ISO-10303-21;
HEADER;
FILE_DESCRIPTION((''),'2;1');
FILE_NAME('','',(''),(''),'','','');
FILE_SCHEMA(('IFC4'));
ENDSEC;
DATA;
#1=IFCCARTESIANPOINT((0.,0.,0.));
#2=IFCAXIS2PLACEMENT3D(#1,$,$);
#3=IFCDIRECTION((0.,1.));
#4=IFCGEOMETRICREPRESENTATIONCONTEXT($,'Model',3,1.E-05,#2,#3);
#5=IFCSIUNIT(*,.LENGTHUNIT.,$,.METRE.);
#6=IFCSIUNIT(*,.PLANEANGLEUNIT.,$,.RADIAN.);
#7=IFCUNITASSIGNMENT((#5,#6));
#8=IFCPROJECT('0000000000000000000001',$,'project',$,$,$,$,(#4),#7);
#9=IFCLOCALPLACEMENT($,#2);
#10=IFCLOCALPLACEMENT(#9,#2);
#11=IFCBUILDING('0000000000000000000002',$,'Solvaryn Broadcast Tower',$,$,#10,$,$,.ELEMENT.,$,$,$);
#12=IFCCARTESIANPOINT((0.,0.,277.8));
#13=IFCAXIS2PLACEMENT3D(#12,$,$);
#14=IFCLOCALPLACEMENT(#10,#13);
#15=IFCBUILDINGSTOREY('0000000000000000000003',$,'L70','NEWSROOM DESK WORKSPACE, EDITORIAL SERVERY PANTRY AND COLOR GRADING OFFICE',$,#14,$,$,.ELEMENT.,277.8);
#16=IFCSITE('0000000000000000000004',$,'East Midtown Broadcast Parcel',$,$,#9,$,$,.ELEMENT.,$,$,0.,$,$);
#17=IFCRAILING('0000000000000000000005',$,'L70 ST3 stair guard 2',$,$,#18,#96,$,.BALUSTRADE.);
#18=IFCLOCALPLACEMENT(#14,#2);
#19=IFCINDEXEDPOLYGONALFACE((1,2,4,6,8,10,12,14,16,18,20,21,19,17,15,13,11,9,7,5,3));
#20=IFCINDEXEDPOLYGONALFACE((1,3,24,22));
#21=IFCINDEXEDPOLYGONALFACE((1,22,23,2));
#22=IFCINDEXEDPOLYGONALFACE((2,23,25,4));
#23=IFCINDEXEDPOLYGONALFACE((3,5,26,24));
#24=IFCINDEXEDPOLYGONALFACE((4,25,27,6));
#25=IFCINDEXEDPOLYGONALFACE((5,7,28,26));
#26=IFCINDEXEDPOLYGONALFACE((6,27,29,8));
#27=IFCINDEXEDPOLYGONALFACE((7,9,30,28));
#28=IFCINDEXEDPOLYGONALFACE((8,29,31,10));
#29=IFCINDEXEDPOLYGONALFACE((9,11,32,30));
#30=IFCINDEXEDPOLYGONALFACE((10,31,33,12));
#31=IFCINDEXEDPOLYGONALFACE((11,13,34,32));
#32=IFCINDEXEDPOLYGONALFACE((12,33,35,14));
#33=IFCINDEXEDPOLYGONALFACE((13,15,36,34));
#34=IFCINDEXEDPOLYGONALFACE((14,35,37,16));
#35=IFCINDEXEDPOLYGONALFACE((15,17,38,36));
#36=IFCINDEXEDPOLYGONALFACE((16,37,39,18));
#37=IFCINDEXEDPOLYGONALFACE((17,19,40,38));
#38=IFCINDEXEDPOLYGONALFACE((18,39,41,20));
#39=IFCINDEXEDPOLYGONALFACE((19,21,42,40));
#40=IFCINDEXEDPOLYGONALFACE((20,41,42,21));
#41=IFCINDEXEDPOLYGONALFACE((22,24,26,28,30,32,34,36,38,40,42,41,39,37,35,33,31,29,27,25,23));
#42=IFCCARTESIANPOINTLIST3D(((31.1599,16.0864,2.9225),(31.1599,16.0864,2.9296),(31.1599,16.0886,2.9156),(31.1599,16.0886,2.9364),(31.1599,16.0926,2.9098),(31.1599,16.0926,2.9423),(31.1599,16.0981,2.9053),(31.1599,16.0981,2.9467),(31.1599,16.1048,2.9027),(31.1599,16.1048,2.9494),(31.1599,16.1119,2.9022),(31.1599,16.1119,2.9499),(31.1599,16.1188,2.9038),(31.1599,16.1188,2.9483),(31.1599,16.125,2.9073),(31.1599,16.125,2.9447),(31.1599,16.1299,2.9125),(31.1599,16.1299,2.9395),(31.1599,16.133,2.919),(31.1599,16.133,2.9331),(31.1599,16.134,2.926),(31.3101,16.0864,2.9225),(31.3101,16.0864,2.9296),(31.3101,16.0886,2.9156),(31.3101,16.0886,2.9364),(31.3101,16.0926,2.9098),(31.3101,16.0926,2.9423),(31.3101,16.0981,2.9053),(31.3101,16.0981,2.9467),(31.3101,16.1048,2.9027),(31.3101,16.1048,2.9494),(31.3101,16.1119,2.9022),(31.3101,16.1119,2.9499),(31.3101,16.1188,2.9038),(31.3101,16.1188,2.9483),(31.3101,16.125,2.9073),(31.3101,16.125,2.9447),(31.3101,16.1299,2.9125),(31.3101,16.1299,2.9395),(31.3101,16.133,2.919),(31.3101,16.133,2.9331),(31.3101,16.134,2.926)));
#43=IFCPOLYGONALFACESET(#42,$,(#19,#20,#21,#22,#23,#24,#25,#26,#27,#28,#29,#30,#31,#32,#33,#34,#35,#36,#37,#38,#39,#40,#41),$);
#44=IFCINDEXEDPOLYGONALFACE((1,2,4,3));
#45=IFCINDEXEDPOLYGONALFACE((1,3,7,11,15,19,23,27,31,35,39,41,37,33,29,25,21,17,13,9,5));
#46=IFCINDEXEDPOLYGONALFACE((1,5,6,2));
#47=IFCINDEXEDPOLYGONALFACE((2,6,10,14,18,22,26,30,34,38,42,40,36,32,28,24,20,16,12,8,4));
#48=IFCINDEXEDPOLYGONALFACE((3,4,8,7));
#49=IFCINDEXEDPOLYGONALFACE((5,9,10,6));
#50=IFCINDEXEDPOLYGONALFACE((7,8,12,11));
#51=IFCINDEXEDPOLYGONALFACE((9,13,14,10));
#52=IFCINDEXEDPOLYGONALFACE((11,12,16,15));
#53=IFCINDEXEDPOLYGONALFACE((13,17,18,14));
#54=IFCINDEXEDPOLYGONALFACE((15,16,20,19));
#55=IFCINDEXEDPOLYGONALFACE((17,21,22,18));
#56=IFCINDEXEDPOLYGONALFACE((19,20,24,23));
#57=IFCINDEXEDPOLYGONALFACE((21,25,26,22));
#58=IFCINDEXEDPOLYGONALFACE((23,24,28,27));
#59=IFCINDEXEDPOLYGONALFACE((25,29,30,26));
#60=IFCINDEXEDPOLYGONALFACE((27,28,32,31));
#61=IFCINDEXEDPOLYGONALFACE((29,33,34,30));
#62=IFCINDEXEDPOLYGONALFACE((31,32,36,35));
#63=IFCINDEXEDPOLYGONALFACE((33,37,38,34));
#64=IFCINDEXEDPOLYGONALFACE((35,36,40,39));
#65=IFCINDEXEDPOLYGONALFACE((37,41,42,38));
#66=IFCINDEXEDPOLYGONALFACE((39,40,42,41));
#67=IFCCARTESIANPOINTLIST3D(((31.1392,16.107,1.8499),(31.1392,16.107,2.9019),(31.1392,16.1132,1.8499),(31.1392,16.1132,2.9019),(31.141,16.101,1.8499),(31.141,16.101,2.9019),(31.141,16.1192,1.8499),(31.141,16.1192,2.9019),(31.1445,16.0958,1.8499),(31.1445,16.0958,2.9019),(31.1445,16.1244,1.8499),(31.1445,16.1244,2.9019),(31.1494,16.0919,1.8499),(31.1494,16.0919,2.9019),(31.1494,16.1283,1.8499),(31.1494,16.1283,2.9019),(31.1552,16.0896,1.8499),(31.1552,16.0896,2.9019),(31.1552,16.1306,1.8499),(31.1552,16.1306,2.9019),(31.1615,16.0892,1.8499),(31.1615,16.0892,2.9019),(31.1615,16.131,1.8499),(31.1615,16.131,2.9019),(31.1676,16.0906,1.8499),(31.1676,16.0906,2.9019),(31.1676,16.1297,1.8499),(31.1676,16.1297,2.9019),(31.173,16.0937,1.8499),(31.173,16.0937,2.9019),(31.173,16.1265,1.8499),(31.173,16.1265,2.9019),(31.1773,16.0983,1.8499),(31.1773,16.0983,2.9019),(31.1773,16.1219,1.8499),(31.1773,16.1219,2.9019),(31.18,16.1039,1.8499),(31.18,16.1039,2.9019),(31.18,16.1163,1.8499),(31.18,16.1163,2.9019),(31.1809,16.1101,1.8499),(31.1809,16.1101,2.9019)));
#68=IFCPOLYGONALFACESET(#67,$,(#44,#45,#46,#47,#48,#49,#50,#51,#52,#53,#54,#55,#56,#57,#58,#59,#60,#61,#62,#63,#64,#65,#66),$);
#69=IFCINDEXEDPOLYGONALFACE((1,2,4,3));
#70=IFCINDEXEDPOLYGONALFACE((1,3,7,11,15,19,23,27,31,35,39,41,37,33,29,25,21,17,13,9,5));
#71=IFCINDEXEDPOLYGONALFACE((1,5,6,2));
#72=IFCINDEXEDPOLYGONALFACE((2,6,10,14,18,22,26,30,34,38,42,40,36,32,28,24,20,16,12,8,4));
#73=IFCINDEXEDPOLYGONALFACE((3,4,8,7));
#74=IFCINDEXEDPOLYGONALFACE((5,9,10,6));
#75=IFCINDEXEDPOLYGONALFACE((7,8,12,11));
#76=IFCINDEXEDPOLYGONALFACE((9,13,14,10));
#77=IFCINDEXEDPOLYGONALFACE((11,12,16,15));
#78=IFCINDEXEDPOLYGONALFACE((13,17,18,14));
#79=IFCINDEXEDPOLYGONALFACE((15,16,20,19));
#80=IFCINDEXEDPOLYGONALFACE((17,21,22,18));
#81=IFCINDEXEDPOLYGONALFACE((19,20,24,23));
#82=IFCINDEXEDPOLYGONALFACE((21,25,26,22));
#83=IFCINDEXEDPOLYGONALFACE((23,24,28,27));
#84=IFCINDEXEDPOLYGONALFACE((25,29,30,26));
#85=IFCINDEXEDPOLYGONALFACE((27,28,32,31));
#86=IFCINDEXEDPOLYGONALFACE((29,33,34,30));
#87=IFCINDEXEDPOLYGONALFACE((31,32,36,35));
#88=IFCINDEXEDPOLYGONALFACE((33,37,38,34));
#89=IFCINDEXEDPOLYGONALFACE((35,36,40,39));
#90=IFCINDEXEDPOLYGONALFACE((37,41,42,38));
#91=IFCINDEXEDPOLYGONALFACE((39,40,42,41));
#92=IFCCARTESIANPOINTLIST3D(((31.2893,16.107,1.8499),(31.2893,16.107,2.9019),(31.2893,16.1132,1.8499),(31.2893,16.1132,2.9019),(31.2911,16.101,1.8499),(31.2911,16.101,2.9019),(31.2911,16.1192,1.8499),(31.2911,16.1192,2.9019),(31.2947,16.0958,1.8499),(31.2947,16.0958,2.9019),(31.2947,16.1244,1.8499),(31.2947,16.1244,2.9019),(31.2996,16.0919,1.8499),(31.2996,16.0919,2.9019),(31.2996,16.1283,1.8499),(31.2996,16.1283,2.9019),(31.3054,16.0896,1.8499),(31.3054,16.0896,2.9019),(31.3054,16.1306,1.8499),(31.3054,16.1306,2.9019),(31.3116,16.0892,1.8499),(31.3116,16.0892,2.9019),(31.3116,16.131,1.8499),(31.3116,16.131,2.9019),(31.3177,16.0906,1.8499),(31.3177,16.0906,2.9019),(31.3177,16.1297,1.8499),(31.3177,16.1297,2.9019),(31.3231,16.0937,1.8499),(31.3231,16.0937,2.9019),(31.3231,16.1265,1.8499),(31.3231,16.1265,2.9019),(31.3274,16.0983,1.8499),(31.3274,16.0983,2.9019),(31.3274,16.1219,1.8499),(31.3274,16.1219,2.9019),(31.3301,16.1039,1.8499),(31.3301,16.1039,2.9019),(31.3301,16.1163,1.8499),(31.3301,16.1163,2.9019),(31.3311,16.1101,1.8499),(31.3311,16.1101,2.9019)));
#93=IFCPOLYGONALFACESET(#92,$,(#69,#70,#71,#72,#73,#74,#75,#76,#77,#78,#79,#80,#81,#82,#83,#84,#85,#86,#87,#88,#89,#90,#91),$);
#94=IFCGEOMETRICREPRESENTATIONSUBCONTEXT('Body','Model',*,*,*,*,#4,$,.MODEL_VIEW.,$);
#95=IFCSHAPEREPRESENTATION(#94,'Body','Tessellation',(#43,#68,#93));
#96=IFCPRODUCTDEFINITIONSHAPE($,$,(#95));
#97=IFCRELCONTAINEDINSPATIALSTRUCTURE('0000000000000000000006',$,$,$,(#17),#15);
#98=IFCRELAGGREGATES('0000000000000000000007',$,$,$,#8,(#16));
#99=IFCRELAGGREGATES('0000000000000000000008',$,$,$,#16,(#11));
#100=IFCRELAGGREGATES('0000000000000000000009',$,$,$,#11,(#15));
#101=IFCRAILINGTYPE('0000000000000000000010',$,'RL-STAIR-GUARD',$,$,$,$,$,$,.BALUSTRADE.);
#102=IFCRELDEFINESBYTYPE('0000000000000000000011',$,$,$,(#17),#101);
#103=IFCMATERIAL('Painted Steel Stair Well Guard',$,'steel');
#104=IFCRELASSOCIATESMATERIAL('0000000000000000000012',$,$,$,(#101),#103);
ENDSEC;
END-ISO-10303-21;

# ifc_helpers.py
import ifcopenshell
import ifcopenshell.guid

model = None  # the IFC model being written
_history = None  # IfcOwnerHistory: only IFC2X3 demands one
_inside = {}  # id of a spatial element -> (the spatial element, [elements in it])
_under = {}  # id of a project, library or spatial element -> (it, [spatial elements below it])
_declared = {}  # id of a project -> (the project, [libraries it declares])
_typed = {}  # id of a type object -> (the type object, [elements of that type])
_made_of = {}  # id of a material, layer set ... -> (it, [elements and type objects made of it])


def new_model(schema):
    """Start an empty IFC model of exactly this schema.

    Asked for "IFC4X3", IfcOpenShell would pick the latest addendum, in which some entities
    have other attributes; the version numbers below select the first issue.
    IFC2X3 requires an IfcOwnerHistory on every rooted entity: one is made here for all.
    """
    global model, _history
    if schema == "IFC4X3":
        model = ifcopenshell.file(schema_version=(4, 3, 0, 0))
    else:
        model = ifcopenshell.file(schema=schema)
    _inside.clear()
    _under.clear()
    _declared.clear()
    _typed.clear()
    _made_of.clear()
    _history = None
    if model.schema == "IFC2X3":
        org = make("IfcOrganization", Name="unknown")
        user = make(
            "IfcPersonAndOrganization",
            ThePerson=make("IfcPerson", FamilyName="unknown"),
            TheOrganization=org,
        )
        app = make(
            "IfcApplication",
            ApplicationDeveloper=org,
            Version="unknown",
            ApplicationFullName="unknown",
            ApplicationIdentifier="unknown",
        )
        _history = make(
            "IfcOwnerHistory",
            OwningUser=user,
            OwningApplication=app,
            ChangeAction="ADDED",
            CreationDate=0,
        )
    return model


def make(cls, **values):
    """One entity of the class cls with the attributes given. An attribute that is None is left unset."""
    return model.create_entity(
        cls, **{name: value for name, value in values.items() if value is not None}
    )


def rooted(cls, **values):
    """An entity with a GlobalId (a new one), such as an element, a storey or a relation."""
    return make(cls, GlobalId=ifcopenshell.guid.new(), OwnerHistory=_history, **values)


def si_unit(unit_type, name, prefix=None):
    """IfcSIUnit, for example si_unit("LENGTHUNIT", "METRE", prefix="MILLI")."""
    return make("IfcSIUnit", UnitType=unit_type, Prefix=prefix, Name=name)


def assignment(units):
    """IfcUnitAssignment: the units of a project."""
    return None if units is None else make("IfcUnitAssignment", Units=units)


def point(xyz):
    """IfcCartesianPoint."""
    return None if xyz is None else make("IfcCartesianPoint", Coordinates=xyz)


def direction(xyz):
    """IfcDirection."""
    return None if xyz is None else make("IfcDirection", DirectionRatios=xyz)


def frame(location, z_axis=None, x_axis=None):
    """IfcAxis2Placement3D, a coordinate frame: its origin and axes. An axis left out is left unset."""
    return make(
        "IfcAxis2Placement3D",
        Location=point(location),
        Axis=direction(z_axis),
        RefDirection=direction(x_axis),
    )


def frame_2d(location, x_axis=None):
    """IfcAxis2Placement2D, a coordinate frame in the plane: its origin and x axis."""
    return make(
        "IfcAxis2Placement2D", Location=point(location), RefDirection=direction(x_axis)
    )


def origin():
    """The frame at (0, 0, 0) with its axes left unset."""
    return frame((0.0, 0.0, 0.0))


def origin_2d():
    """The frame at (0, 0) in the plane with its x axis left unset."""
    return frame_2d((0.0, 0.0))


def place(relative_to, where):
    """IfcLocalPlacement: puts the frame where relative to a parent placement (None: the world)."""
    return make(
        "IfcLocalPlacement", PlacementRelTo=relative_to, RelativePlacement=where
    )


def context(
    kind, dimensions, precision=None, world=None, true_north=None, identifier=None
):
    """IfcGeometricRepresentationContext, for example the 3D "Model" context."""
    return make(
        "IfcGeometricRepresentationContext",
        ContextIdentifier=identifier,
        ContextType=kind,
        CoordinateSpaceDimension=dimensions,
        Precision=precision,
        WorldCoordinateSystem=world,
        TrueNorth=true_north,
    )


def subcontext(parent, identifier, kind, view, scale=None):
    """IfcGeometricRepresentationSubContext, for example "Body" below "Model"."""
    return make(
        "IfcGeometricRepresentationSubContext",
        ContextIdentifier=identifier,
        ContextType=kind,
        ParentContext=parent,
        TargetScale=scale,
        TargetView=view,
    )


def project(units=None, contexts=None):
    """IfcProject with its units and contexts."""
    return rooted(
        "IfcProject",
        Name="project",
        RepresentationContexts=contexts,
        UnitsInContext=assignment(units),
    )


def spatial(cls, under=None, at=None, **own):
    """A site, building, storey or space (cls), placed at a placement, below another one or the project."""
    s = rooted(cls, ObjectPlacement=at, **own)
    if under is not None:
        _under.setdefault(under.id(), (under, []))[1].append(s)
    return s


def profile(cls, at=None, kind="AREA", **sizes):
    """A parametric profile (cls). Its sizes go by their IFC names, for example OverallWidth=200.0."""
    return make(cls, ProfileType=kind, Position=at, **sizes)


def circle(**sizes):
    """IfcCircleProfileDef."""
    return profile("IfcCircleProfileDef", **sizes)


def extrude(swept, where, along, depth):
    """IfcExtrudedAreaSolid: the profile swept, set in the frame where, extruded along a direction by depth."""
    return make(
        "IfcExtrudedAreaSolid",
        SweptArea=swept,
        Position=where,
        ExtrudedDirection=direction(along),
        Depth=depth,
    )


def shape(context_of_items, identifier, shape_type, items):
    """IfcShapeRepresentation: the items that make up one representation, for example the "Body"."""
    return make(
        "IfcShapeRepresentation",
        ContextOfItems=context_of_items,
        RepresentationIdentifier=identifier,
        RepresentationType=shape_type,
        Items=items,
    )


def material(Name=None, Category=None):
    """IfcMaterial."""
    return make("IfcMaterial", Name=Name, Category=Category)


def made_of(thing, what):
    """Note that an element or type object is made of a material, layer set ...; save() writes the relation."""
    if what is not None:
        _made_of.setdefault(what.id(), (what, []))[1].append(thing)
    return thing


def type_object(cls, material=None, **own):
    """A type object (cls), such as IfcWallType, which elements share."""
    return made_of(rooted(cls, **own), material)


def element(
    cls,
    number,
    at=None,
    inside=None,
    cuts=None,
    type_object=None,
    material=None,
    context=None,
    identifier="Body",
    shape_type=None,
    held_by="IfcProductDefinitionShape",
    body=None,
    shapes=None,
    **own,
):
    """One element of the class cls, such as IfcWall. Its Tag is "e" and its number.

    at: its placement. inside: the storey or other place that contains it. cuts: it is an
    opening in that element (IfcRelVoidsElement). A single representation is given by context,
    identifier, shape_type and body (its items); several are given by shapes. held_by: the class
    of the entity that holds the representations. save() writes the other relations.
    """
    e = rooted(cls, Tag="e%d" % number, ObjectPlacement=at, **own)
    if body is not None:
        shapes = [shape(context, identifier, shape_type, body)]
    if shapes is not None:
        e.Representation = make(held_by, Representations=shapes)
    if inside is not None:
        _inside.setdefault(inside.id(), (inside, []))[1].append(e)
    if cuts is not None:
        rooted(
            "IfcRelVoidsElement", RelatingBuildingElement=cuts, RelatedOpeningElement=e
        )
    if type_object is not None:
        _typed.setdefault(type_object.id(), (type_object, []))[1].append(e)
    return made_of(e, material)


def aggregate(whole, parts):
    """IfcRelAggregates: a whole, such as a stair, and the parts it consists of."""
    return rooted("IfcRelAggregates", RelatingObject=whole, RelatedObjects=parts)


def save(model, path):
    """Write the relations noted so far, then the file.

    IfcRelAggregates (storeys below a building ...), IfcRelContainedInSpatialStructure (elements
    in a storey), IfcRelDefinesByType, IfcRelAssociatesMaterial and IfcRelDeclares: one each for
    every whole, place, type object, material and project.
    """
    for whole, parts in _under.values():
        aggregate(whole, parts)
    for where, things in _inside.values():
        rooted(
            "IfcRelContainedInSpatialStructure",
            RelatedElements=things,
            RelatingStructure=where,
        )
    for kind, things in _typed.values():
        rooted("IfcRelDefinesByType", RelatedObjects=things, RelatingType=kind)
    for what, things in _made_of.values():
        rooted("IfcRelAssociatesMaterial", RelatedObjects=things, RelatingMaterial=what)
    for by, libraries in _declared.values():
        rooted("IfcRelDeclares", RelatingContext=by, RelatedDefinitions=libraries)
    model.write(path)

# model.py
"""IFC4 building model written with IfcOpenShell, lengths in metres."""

from ifc_helpers import new_model, si_unit, direction, frame, origin, origin_2d, place, context, subcontext, project, spatial, circle, extrude, material, type_object, element, save


model = new_model("IFC4")

# Units and contexts
model_context = context("Model", 3, precision=1e-05, world=origin(), true_north=direction((0.0, 1.0)))
body_context = subcontext(model_context, "Body", "Model", "MODEL_VIEW")
ifc_project = project(units=[si_unit("LENGTHUNIT", "METRE"), si_unit("PLANEANGLEUNIT", "RADIAN")], contexts=[model_context])

# Site, building, storey
site_placement = place(None, origin())
site = spatial("IfcSite", under=ifc_project, at=site_placement, Name="East Midtown Broadcast Parcel", CompositionType="ELEMENT", RefElevation=0.0)
building_placement = place(site_placement, origin())
building = spatial("IfcBuilding", under=site, at=building_placement, Name="Solvaryn Broadcast Tower", CompositionType="ELEMENT")
storey_placement = place(building_placement, frame((0.0, 0.0, 277.8)))
storey = spatial("IfcBuildingStorey", under=building, at=storey_placement, Name="L70", Description="NEWSROOM DESK WORKSPACE, EDITORIAL SERVERY PANTRY AND COLOR GRADING OFFICE", CompositionType="ELEMENT", Elevation=277.8)

# Railing
ifc_material_1 = material(Name="Painted Steel Stair Well Guard", Category="steel")
railing_type_1 = type_object("IfcRailingType", Name="RL-STAIR-GUARD", PredefinedType="BALUSTRADE", material=ifc_material_1)
railing_1_placement = place(storey_placement, frame((31.1599, 16.1101, 1.8499)))
element("IfcRailing", 1, at=railing_1_placement, inside=storey, type_object=railing_type_1, Name="L70 ST3 stair guard 2", PredefinedType="BALUSTRADE", context=body_context, shape_type="SweptSolid", body=[
    extrude(circle(Radius=0.0239, at=origin_2d()), frame((0.0, 0.0, 1.0762), z_axis=(1.0, 0.0, 0.0), x_axis=(0.0, 1.0, 0.0)), (0.0, 0.0, 1.0), 0.1501),
    extrude(circle(Radius=0.021, at=origin_2d()), origin(), (0.0, 0.0, 1.0), 1.052),
    extrude(circle(Radius=0.021, at=origin_2d()), frame((0.1501, 0.0, 0.0)), (0.0, 0.0, 1.0), 1.052),
])

save(model, "model.ifc")
